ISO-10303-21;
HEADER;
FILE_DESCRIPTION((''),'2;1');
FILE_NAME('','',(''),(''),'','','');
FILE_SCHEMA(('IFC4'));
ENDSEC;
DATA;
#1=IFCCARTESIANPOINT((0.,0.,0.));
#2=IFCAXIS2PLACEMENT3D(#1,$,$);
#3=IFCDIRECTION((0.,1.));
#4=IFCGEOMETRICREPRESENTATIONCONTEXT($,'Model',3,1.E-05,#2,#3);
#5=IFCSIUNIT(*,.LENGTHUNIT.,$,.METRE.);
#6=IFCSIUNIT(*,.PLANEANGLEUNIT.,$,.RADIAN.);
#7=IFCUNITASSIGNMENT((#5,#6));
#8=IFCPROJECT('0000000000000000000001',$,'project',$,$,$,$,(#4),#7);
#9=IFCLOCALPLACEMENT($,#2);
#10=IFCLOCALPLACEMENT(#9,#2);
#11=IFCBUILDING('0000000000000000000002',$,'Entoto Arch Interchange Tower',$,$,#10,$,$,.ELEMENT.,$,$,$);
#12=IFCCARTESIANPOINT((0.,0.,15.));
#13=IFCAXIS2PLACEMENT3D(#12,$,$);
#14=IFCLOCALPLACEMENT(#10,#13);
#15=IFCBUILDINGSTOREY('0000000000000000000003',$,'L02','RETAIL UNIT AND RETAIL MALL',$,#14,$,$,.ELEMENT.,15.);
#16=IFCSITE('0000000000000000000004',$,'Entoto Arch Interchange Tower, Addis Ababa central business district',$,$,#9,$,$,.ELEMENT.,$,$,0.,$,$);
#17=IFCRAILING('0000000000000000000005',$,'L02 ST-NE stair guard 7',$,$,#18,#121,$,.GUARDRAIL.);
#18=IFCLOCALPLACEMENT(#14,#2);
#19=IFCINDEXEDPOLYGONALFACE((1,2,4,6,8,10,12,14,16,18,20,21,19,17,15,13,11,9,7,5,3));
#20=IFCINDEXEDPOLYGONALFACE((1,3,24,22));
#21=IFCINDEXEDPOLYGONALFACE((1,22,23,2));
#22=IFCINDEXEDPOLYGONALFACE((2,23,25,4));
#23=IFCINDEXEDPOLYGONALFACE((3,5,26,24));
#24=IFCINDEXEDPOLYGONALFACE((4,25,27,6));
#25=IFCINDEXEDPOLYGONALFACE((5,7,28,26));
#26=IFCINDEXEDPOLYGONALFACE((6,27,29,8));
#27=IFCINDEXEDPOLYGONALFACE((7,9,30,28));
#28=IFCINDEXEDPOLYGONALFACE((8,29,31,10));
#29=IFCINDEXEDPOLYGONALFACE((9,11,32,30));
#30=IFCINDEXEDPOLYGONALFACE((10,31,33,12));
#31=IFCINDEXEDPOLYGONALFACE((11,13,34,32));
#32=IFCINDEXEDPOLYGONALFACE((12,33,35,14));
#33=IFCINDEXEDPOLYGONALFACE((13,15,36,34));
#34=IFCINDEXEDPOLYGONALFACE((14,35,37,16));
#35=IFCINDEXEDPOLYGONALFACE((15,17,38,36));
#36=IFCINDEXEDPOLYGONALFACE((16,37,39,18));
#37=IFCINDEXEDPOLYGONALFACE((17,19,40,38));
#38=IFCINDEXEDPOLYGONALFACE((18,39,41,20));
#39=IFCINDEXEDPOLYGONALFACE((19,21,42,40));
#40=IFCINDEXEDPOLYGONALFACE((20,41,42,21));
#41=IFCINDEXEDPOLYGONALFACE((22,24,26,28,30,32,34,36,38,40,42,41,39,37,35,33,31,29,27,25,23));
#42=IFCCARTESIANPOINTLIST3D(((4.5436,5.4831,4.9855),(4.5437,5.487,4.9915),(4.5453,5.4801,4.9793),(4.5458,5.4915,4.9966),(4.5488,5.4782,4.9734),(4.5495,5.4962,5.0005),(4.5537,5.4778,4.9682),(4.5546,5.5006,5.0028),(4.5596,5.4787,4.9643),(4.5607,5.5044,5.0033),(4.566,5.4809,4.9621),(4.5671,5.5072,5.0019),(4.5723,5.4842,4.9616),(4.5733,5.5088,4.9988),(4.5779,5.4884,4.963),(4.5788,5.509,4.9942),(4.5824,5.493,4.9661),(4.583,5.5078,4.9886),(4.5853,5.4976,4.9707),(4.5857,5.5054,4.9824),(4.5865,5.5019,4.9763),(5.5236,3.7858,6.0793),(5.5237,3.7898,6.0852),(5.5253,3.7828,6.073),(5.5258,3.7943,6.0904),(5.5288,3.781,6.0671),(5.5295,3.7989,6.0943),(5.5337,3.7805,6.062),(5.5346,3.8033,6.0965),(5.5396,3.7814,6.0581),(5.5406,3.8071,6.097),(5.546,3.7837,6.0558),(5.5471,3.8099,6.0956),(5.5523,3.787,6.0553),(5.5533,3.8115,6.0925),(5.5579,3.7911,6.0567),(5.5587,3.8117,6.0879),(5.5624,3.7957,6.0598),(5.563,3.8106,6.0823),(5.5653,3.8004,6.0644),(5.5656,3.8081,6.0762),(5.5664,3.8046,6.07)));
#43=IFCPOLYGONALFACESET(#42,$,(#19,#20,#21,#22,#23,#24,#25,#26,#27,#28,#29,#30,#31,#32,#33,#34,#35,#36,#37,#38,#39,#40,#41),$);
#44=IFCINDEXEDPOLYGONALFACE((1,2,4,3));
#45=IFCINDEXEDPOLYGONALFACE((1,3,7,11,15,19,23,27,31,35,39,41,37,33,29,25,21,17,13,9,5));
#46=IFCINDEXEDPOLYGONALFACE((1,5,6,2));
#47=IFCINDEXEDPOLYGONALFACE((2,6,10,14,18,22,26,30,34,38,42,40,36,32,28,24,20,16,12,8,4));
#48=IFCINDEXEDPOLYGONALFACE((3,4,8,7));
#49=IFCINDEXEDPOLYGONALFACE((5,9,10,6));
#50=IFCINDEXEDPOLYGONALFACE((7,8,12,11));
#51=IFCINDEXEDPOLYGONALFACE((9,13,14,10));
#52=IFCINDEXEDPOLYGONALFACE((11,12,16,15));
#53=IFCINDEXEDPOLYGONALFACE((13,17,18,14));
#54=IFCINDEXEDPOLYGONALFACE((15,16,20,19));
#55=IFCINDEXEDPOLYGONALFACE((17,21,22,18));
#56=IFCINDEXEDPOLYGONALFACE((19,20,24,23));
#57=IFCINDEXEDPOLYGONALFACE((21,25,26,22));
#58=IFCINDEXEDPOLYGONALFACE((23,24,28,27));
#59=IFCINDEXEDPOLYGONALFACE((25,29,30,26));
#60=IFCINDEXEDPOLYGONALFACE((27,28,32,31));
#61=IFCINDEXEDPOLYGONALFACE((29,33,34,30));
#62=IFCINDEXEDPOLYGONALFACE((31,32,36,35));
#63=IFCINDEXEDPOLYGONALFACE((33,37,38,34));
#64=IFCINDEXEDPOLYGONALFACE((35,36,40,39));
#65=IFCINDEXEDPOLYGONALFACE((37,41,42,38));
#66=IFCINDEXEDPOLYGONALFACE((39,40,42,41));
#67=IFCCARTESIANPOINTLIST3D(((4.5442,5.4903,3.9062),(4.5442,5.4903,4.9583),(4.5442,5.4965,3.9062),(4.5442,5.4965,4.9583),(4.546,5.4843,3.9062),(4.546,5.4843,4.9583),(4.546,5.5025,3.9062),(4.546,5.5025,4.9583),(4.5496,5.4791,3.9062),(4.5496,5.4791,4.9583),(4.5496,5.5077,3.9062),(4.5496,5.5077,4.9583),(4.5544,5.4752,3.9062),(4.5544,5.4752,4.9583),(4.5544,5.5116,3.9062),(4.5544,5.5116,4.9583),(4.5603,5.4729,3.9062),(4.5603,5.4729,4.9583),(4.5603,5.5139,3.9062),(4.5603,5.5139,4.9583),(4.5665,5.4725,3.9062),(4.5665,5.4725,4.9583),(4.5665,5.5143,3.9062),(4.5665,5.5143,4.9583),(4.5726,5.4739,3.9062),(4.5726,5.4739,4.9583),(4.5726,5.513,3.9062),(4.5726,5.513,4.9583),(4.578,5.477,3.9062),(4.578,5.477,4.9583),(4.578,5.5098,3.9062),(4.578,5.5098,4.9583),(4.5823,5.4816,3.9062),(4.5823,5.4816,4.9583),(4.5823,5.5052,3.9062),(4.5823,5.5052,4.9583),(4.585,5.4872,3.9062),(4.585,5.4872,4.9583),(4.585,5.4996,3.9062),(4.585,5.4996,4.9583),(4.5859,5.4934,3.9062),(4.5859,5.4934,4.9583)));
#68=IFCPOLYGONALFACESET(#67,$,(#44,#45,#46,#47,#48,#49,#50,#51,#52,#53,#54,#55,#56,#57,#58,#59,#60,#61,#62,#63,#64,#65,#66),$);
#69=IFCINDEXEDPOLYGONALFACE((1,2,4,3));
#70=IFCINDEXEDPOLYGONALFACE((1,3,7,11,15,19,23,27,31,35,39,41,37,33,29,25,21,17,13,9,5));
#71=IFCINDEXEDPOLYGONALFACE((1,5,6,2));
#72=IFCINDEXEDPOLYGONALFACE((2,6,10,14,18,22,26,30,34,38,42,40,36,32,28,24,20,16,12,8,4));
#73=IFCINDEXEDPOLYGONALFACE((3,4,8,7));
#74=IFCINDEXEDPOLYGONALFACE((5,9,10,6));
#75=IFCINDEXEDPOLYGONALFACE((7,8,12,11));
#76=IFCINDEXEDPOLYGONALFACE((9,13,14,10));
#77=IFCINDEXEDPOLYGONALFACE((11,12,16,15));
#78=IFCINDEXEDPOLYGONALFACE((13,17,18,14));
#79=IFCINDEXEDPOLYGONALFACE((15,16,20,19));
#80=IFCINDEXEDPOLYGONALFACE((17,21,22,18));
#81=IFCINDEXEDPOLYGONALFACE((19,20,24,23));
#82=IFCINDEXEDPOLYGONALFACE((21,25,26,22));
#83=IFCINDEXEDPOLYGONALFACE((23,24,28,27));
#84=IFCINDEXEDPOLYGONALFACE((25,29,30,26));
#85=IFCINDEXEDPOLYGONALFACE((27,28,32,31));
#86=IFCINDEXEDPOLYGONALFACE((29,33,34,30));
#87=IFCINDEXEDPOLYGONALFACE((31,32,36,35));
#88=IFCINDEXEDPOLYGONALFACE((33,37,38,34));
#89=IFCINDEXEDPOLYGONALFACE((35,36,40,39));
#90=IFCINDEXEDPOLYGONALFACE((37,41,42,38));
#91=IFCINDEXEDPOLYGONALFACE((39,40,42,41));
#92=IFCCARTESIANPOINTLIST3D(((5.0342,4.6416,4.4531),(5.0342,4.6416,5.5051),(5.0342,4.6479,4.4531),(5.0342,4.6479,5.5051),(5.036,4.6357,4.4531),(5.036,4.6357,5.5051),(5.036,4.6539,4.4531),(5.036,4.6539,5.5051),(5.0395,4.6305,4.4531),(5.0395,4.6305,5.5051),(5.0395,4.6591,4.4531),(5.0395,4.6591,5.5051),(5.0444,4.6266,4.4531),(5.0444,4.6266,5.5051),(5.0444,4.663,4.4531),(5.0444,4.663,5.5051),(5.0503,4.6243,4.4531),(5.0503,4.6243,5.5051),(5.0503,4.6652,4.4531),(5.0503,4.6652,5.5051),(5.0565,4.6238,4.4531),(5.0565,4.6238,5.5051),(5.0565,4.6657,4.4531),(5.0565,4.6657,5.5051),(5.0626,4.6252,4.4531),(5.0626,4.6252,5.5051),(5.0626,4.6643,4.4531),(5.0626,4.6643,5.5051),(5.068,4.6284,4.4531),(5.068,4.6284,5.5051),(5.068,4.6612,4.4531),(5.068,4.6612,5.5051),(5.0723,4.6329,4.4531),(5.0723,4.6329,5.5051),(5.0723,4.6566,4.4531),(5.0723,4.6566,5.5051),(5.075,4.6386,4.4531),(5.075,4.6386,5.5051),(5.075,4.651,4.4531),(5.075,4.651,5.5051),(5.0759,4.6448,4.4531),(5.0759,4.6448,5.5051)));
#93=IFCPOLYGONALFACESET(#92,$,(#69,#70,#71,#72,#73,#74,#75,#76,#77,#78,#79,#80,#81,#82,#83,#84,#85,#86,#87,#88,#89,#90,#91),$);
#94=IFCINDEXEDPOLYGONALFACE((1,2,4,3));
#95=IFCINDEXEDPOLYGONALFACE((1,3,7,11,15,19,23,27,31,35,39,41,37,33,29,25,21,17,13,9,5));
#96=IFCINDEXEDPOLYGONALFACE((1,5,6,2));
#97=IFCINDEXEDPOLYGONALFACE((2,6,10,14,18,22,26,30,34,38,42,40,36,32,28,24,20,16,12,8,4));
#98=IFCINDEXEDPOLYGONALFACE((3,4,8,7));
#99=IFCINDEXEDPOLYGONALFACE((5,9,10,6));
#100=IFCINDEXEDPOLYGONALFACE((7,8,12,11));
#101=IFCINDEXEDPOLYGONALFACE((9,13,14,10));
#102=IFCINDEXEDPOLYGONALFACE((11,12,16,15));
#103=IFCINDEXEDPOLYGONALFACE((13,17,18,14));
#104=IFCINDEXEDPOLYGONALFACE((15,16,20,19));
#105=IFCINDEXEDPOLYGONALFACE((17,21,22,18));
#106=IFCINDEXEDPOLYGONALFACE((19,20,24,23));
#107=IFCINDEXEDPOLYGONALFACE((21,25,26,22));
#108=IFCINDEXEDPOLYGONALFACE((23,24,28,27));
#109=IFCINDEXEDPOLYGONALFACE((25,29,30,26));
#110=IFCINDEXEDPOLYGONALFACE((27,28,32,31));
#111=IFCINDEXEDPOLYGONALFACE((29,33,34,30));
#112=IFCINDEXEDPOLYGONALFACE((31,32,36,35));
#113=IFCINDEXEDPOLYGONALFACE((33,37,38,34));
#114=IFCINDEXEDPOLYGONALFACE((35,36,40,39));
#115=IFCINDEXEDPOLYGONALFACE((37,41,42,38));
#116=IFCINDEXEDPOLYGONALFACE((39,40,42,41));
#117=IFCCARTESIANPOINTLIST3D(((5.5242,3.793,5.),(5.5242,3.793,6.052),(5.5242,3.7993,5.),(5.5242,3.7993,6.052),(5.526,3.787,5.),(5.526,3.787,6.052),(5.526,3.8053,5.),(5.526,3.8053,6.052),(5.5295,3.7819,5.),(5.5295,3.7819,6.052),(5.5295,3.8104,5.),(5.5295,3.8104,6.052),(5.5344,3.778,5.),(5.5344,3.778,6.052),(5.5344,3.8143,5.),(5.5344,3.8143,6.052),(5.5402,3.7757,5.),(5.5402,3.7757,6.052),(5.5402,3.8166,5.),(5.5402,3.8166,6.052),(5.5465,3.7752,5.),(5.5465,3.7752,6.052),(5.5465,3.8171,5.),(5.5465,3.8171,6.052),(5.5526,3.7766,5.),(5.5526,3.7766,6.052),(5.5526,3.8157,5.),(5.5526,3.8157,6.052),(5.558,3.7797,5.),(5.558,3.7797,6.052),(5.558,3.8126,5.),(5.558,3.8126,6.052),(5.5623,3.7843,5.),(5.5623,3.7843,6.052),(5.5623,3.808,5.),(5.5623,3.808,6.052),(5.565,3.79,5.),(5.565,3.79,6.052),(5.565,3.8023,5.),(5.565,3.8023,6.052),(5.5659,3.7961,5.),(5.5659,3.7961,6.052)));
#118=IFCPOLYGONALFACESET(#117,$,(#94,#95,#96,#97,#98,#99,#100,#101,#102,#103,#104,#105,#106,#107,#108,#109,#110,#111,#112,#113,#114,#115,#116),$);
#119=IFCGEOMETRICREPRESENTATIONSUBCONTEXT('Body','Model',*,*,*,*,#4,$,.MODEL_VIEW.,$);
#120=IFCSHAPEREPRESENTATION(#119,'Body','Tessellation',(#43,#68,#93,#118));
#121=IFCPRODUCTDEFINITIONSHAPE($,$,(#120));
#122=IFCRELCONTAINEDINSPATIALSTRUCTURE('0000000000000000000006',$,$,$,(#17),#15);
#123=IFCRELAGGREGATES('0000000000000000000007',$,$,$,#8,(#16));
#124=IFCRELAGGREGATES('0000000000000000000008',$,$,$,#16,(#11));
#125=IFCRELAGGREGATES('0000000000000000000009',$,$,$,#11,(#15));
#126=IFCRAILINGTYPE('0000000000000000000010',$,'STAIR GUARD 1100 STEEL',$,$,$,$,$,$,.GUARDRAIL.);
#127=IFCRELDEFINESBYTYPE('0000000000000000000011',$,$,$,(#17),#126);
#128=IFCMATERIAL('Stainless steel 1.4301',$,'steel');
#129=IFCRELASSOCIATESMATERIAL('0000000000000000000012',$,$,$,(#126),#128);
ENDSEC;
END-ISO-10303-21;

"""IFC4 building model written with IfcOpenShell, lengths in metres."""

from ifc_helpers import new_model, si_unit, direction, frame, origin, origin_2d, place, context, subcontext, project, spatial, circle, extrude, material, type_object, element, save


model = new_model("IFC4")

# Units and contexts
model_context = context("Model", 3, precision=1e-05, world=origin(), true_north=direction((0.0, 1.0)))
body_context = subcontext(model_context, "Body", "Model", "MODEL_VIEW")
ifc_project = project(units=[si_unit("LENGTHUNIT", "METRE"), si_unit("PLANEANGLEUNIT", "RADIAN")], contexts=[model_context])

# Site, building, storey
site_placement = place(None, origin())
site = spatial("IfcSite", under=ifc_project, at=site_placement, Name="Entoto Arch Interchange Tower, Addis Ababa central business district", CompositionType="ELEMENT", RefElevation=0.0)
building_placement = place(site_placement, origin())
building = spatial("IfcBuilding", under=site, at=building_placement, Name="Entoto Arch Interchange Tower", CompositionType="ELEMENT")
storey_placement = place(building_placement, frame((0.0, 0.0, 15.0)))
storey = spatial("IfcBuildingStorey", under=building, at=storey_placement, Name="L02", Description="RETAIL UNIT AND RETAIL MALL", CompositionType="ELEMENT", Elevation=15.0)

# Railing
ifc_material_1 = material(Name="Stainless steel 1.4301", Category="steel")
railing_type_1 = type_object("IfcRailingType", Name="STAIR GUARD 1100 STEEL", PredefinedType="GUARDRAIL", material=ifc_material_1)
railing_1_placement = place(storey_placement, frame((4.5649, 5.4934, 3.9062)))
element("IfcRailing", 1, at=railing_1_placement, inside=storey, type_object=railing_type_1, Name="L02 ST-NE stair guard 7", PredefinedType="GUARDRAIL", context=body_context, shape_type="SweptSolid", body=[
    extrude(circle(Radius=0.0239, at=origin_2d()), frame((0.0, 0.0, 1.0762), z_axis=(0.436632, -0.75622, 0.487323), x_axis=(0.866011, 0.500024, 0.0)), (0.0, 0.0, 1.0), 2.2444),
    extrude(circle(Radius=0.021, at=origin_2d()), origin(), (0.0, 0.0, 1.0), 1.052),
    extrude(circle(Radius=0.021, at=origin_2d()), frame((0.49, -0.8486, 0.5469)), (0.0, 0.0, 1.0), 1.052),
    extrude(circle(Radius=0.021, at=origin_2d()), frame((0.98, -1.6973, 1.0938)), (0.0, 0.0, 1.0), 1.052),
])

save(model, "model.ifc")
